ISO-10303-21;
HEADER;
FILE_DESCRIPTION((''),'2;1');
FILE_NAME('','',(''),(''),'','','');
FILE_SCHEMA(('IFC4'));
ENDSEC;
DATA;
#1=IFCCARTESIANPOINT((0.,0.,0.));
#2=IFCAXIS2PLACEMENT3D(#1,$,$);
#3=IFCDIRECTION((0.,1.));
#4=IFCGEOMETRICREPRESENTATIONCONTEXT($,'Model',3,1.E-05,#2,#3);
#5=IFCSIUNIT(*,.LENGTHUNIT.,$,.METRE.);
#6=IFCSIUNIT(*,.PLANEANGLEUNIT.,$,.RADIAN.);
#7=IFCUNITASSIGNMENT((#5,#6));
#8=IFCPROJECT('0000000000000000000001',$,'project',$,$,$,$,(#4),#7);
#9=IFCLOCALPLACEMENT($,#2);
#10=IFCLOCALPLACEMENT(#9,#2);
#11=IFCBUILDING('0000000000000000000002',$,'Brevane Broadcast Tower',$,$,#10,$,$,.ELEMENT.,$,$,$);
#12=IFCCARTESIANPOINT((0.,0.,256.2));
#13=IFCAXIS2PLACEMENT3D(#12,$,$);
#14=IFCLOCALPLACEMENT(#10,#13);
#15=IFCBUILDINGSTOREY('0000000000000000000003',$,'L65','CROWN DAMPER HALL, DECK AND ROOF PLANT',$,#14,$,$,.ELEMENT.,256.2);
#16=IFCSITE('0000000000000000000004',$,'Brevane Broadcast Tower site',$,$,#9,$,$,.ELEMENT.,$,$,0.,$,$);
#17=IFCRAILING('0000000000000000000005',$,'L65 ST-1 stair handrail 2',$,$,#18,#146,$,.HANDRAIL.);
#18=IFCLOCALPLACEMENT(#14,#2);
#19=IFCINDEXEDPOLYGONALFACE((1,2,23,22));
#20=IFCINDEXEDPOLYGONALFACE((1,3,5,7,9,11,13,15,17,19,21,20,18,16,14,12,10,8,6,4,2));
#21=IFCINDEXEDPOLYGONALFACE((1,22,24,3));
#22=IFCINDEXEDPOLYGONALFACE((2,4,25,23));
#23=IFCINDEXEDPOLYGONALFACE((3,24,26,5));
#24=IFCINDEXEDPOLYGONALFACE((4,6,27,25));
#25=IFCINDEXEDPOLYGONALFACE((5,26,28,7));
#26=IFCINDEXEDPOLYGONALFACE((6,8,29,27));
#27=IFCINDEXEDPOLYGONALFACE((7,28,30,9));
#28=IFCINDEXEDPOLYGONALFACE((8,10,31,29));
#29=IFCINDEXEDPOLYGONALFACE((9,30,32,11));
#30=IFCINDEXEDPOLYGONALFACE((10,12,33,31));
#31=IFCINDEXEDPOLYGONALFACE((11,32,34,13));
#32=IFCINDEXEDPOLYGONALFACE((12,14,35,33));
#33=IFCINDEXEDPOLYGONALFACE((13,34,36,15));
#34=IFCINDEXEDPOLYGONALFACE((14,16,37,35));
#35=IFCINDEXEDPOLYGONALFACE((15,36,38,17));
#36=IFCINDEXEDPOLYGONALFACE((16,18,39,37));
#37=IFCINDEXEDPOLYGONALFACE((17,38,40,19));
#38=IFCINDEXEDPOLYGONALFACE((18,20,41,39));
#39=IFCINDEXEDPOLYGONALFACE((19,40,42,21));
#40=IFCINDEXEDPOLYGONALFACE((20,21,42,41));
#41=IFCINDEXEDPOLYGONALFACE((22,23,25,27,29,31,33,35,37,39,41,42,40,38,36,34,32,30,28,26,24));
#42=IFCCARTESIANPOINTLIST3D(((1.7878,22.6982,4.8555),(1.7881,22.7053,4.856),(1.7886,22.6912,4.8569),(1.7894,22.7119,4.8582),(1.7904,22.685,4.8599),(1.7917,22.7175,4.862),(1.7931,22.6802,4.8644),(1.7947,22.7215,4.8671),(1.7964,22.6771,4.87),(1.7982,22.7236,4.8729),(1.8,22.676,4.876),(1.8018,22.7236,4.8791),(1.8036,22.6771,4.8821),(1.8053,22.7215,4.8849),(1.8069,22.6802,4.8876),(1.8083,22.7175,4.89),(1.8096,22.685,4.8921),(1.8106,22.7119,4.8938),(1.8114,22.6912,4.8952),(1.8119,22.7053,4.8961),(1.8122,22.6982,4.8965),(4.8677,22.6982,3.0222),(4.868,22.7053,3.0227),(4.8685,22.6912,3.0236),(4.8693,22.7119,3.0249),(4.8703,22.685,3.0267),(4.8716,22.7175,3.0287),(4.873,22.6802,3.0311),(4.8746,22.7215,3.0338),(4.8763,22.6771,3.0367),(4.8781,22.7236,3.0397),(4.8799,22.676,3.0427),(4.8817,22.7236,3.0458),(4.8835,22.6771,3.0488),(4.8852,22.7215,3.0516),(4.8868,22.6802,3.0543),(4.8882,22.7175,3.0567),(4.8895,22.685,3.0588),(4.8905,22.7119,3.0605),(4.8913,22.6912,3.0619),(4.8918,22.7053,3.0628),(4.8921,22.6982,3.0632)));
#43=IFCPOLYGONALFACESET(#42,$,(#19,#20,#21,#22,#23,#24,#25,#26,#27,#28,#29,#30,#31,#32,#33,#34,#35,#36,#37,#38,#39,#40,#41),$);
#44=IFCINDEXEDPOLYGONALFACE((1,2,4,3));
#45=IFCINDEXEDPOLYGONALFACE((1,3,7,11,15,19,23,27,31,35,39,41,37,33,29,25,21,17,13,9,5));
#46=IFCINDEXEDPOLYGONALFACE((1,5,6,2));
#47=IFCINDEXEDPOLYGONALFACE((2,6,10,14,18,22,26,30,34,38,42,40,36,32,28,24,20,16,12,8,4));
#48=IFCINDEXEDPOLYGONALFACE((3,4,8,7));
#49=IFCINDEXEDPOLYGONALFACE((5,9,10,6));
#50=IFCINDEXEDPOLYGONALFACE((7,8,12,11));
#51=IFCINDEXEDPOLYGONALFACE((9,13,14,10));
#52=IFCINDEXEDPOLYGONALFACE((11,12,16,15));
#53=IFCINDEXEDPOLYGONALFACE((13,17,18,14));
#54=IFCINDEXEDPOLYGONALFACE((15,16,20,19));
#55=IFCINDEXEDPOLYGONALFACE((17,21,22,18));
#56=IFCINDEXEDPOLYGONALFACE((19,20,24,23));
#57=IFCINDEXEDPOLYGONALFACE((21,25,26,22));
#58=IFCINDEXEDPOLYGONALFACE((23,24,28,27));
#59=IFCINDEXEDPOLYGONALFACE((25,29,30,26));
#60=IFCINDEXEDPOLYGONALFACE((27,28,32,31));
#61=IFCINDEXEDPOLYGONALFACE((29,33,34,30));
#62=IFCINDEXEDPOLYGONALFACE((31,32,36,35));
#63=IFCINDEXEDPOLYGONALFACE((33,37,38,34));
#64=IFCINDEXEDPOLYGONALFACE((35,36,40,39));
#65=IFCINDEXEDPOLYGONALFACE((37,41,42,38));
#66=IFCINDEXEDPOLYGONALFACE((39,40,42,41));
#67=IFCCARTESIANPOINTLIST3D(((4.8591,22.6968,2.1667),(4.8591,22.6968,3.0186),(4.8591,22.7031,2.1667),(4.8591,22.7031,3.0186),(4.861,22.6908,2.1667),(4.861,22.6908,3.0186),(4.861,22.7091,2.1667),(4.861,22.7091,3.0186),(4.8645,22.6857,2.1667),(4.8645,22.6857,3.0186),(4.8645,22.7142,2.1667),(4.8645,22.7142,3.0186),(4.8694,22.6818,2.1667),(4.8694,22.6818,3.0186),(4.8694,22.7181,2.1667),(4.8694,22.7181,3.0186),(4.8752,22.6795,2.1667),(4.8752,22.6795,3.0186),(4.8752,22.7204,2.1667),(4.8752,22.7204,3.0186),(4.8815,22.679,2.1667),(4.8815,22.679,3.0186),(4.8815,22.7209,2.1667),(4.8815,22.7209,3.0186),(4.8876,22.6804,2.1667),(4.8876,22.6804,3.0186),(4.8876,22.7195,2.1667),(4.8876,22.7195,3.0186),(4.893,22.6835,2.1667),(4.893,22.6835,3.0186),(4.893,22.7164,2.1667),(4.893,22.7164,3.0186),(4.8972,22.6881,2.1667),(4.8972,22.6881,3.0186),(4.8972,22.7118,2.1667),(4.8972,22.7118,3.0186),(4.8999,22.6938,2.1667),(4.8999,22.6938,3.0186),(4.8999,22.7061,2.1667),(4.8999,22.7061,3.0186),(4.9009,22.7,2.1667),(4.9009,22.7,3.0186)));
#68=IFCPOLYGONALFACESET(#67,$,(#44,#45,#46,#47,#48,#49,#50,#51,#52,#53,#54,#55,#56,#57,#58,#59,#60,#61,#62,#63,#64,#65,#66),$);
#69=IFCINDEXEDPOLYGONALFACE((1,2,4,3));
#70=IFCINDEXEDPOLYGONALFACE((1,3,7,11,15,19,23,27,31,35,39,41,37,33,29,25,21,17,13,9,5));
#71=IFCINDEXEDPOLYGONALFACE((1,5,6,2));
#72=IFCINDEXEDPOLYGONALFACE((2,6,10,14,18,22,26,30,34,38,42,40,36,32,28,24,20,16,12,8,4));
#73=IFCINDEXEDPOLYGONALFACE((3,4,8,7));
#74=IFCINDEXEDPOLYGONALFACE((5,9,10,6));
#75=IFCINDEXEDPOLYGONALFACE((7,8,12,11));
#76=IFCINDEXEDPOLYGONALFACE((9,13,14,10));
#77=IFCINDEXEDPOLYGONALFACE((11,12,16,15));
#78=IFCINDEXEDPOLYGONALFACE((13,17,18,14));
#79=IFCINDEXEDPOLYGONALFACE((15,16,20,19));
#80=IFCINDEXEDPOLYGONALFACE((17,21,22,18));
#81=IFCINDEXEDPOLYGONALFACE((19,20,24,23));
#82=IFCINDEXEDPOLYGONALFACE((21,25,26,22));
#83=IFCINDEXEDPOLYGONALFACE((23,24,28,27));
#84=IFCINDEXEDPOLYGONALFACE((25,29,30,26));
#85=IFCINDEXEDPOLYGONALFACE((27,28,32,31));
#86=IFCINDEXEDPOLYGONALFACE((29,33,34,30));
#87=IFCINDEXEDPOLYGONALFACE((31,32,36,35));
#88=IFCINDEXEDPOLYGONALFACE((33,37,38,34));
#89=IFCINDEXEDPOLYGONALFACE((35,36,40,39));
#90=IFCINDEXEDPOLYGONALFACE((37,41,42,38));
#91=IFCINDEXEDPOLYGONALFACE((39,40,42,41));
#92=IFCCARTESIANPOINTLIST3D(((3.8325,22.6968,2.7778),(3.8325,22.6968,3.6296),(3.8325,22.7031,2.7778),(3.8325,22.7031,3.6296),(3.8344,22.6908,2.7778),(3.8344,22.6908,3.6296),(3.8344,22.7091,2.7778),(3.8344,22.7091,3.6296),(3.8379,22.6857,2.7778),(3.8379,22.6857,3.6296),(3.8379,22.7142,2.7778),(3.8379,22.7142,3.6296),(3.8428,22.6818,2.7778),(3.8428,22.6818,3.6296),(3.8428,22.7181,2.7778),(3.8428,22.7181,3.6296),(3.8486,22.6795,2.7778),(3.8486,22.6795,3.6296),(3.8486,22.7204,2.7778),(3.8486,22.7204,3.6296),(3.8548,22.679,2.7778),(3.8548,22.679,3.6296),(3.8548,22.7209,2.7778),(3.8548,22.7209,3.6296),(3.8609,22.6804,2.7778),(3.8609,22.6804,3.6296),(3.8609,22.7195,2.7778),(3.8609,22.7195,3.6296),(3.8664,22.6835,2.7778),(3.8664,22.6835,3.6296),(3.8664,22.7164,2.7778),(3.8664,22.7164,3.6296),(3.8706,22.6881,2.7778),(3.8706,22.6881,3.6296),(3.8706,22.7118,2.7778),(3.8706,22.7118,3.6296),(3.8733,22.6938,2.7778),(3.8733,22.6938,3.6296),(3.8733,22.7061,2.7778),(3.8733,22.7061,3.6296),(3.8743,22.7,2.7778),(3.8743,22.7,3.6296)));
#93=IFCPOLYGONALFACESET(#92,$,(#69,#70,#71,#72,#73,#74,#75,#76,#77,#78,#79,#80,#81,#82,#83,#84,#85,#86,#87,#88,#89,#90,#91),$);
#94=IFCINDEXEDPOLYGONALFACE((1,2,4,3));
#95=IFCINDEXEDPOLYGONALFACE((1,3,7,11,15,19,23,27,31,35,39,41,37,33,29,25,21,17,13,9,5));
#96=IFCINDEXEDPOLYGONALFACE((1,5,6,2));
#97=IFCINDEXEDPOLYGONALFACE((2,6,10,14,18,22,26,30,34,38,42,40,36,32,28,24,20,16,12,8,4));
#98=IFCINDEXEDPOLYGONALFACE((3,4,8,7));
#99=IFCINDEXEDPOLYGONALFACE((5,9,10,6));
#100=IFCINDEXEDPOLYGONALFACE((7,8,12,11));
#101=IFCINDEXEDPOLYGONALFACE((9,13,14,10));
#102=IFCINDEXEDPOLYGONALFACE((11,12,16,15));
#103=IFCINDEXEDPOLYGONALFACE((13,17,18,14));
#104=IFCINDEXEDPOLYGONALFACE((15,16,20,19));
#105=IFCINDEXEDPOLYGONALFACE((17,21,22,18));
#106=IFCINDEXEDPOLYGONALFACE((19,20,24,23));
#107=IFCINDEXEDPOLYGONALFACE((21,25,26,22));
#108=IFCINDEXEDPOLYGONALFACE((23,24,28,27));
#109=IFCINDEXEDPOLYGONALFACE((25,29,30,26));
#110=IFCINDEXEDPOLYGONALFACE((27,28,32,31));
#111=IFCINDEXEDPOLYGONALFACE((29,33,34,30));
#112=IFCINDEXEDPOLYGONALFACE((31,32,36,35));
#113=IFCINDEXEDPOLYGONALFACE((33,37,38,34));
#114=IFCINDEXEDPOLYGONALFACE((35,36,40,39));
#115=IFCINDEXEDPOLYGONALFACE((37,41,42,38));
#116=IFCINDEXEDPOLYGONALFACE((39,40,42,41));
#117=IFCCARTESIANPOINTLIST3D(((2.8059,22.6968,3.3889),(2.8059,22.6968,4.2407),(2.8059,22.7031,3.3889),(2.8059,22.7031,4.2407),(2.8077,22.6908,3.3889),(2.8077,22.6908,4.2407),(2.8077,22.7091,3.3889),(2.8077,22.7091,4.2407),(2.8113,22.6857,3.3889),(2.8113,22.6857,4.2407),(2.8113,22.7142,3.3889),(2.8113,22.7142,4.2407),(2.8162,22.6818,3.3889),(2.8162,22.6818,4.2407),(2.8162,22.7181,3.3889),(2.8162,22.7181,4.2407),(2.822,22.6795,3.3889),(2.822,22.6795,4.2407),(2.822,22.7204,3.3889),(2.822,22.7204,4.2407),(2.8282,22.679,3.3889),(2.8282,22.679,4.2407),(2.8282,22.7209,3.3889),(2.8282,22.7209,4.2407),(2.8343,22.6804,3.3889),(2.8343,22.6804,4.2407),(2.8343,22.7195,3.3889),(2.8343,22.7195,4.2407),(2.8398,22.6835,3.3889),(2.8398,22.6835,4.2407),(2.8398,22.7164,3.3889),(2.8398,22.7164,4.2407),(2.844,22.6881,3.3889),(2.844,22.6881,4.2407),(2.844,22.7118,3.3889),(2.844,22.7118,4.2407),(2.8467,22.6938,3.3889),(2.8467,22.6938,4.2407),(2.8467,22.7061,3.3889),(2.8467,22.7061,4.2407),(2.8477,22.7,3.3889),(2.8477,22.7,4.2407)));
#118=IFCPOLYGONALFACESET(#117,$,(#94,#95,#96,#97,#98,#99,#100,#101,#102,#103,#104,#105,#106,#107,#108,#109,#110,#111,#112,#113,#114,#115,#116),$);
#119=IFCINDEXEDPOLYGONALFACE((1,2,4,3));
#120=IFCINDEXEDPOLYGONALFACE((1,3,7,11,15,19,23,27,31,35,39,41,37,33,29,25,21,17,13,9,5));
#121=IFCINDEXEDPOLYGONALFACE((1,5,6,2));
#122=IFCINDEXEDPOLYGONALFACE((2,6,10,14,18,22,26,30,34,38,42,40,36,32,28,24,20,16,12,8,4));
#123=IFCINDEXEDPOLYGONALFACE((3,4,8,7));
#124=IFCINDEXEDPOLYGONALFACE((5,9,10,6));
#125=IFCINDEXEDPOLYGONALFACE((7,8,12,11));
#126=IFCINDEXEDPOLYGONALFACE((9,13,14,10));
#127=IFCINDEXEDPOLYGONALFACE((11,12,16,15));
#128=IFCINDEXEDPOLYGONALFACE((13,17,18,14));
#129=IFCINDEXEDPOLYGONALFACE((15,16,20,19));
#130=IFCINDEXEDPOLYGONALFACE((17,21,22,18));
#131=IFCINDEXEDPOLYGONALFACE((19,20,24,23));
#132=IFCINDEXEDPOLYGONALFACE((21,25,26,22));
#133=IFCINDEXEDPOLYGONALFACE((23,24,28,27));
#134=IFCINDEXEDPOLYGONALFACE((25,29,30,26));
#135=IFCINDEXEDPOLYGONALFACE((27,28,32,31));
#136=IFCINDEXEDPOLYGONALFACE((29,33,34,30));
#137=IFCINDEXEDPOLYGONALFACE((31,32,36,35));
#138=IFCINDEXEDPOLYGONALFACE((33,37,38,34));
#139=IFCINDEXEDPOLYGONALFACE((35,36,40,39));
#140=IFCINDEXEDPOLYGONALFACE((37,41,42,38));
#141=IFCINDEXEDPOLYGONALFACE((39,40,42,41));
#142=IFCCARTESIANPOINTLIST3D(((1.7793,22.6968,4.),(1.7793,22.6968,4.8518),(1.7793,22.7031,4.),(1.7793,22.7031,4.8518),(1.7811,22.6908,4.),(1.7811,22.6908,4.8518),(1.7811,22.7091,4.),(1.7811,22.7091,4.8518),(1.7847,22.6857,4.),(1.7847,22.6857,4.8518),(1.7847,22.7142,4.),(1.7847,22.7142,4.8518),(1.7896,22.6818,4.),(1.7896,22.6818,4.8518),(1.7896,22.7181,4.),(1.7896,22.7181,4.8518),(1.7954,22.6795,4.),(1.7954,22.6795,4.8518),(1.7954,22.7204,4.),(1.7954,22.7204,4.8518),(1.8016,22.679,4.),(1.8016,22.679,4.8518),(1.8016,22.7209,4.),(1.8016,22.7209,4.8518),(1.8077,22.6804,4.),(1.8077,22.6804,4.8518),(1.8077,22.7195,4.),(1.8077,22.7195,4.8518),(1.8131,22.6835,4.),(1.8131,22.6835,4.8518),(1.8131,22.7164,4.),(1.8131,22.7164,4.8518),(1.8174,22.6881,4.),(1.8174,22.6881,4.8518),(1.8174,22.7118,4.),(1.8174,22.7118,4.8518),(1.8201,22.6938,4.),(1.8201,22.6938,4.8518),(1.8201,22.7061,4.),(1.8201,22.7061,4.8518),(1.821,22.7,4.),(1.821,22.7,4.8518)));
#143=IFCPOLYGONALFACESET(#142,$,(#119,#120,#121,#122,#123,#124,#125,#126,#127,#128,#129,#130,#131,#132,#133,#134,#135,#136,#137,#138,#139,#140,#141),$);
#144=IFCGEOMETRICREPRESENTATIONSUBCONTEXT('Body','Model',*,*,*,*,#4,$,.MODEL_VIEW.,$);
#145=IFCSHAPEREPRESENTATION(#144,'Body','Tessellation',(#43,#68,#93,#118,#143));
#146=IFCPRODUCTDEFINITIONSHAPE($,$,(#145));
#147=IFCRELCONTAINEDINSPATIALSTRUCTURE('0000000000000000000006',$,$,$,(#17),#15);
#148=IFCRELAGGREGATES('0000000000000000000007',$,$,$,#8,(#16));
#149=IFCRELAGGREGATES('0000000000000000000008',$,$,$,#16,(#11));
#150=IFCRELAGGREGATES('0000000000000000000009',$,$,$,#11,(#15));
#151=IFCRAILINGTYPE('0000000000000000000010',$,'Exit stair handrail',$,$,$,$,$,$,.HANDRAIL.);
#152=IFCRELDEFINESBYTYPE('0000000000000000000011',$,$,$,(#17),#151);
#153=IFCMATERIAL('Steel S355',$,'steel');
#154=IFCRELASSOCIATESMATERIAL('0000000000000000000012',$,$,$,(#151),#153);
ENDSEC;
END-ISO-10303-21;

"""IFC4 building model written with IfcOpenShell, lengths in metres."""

from ifc_helpers import new_model, si_unit, direction, frame, origin, origin_2d, place, context, subcontext, project, spatial, circle, extrude, material, type_object, element, save


model = new_model("IFC4")

# Units and contexts
model_context = context("Model", 3, precision=1e-05, world=origin(), true_north=direction((0.0, 1.0)))
body_context = subcontext(model_context, "Body", "Model", "MODEL_VIEW")
ifc_project = project(units=[si_unit("LENGTHUNIT", "METRE"), si_unit("PLANEANGLEUNIT", "RADIAN")], contexts=[model_context])

# Site, building, storey
site_placement = place(None, origin())
site = spatial("IfcSite", under=ifc_project, at=site_placement, Name="Brevane Broadcast Tower site", CompositionType="ELEMENT", RefElevation=0.0)
building_placement = place(site_placement, origin())
building = spatial("IfcBuilding", under=site, at=building_placement, Name="Brevane Broadcast Tower", CompositionType="ELEMENT")
storey_placement = place(building_placement, frame((0.0, 0.0, 256.2)))
storey = spatial("IfcBuildingStorey", under=building, at=storey_placement, Name="L65", Description="CROWN DAMPER HALL, DECK AND ROOF PLANT", CompositionType="ELEMENT", Elevation=256.2)

# Shared definitions
ifc_material_1 = material(Name="Steel S355", Category="steel")

# Railing
railing_type_1 = type_object("IfcRailingType", Name="Exit stair handrail", PredefinedType="HANDRAIL", material=ifc_material_1)
for number, where, name in (
    (1, (4.8799, 22.7, 2.1667), "L65 ST-1 stair handrail 2"),
):
    element("IfcRailing", number, at=place(storey_placement, frame(where)), inside=storey, type_object=railing_type_1, Name=name, PredefinedType="HANDRAIL", context=body_context, shape_type="SweptSolid", body=[
        extrude(circle(Radius=0.0239, at=origin_2d()), frame((0.0, 0.0, 0.876), z_axis=(-0.859291, 0.0, 0.511487), x_axis=(0.0, -1.0, 0.0)), (0.0, 0.0, 1.0), 3.5842),
        extrude(circle(Radius=0.021, at=origin_2d()), origin(), (0.0, 0.0, 1.0), 0.8518),
        extrude(circle(Radius=0.021, at=origin_2d()), frame((-1.0266, 0.0, 0.6111)), (0.0, 0.0, 1.0), 0.8518),
        extrude(circle(Radius=0.021, at=origin_2d()), frame((-2.0532, 0.0, 1.2222)), (0.0, 0.0, 1.0), 0.8518),
        extrude(circle(Radius=0.021, at=origin_2d()), frame((-3.0798, 0.0, 1.8333)), (0.0, 0.0, 1.0), 0.8518),
    ])

save(model, "model.ifc")
